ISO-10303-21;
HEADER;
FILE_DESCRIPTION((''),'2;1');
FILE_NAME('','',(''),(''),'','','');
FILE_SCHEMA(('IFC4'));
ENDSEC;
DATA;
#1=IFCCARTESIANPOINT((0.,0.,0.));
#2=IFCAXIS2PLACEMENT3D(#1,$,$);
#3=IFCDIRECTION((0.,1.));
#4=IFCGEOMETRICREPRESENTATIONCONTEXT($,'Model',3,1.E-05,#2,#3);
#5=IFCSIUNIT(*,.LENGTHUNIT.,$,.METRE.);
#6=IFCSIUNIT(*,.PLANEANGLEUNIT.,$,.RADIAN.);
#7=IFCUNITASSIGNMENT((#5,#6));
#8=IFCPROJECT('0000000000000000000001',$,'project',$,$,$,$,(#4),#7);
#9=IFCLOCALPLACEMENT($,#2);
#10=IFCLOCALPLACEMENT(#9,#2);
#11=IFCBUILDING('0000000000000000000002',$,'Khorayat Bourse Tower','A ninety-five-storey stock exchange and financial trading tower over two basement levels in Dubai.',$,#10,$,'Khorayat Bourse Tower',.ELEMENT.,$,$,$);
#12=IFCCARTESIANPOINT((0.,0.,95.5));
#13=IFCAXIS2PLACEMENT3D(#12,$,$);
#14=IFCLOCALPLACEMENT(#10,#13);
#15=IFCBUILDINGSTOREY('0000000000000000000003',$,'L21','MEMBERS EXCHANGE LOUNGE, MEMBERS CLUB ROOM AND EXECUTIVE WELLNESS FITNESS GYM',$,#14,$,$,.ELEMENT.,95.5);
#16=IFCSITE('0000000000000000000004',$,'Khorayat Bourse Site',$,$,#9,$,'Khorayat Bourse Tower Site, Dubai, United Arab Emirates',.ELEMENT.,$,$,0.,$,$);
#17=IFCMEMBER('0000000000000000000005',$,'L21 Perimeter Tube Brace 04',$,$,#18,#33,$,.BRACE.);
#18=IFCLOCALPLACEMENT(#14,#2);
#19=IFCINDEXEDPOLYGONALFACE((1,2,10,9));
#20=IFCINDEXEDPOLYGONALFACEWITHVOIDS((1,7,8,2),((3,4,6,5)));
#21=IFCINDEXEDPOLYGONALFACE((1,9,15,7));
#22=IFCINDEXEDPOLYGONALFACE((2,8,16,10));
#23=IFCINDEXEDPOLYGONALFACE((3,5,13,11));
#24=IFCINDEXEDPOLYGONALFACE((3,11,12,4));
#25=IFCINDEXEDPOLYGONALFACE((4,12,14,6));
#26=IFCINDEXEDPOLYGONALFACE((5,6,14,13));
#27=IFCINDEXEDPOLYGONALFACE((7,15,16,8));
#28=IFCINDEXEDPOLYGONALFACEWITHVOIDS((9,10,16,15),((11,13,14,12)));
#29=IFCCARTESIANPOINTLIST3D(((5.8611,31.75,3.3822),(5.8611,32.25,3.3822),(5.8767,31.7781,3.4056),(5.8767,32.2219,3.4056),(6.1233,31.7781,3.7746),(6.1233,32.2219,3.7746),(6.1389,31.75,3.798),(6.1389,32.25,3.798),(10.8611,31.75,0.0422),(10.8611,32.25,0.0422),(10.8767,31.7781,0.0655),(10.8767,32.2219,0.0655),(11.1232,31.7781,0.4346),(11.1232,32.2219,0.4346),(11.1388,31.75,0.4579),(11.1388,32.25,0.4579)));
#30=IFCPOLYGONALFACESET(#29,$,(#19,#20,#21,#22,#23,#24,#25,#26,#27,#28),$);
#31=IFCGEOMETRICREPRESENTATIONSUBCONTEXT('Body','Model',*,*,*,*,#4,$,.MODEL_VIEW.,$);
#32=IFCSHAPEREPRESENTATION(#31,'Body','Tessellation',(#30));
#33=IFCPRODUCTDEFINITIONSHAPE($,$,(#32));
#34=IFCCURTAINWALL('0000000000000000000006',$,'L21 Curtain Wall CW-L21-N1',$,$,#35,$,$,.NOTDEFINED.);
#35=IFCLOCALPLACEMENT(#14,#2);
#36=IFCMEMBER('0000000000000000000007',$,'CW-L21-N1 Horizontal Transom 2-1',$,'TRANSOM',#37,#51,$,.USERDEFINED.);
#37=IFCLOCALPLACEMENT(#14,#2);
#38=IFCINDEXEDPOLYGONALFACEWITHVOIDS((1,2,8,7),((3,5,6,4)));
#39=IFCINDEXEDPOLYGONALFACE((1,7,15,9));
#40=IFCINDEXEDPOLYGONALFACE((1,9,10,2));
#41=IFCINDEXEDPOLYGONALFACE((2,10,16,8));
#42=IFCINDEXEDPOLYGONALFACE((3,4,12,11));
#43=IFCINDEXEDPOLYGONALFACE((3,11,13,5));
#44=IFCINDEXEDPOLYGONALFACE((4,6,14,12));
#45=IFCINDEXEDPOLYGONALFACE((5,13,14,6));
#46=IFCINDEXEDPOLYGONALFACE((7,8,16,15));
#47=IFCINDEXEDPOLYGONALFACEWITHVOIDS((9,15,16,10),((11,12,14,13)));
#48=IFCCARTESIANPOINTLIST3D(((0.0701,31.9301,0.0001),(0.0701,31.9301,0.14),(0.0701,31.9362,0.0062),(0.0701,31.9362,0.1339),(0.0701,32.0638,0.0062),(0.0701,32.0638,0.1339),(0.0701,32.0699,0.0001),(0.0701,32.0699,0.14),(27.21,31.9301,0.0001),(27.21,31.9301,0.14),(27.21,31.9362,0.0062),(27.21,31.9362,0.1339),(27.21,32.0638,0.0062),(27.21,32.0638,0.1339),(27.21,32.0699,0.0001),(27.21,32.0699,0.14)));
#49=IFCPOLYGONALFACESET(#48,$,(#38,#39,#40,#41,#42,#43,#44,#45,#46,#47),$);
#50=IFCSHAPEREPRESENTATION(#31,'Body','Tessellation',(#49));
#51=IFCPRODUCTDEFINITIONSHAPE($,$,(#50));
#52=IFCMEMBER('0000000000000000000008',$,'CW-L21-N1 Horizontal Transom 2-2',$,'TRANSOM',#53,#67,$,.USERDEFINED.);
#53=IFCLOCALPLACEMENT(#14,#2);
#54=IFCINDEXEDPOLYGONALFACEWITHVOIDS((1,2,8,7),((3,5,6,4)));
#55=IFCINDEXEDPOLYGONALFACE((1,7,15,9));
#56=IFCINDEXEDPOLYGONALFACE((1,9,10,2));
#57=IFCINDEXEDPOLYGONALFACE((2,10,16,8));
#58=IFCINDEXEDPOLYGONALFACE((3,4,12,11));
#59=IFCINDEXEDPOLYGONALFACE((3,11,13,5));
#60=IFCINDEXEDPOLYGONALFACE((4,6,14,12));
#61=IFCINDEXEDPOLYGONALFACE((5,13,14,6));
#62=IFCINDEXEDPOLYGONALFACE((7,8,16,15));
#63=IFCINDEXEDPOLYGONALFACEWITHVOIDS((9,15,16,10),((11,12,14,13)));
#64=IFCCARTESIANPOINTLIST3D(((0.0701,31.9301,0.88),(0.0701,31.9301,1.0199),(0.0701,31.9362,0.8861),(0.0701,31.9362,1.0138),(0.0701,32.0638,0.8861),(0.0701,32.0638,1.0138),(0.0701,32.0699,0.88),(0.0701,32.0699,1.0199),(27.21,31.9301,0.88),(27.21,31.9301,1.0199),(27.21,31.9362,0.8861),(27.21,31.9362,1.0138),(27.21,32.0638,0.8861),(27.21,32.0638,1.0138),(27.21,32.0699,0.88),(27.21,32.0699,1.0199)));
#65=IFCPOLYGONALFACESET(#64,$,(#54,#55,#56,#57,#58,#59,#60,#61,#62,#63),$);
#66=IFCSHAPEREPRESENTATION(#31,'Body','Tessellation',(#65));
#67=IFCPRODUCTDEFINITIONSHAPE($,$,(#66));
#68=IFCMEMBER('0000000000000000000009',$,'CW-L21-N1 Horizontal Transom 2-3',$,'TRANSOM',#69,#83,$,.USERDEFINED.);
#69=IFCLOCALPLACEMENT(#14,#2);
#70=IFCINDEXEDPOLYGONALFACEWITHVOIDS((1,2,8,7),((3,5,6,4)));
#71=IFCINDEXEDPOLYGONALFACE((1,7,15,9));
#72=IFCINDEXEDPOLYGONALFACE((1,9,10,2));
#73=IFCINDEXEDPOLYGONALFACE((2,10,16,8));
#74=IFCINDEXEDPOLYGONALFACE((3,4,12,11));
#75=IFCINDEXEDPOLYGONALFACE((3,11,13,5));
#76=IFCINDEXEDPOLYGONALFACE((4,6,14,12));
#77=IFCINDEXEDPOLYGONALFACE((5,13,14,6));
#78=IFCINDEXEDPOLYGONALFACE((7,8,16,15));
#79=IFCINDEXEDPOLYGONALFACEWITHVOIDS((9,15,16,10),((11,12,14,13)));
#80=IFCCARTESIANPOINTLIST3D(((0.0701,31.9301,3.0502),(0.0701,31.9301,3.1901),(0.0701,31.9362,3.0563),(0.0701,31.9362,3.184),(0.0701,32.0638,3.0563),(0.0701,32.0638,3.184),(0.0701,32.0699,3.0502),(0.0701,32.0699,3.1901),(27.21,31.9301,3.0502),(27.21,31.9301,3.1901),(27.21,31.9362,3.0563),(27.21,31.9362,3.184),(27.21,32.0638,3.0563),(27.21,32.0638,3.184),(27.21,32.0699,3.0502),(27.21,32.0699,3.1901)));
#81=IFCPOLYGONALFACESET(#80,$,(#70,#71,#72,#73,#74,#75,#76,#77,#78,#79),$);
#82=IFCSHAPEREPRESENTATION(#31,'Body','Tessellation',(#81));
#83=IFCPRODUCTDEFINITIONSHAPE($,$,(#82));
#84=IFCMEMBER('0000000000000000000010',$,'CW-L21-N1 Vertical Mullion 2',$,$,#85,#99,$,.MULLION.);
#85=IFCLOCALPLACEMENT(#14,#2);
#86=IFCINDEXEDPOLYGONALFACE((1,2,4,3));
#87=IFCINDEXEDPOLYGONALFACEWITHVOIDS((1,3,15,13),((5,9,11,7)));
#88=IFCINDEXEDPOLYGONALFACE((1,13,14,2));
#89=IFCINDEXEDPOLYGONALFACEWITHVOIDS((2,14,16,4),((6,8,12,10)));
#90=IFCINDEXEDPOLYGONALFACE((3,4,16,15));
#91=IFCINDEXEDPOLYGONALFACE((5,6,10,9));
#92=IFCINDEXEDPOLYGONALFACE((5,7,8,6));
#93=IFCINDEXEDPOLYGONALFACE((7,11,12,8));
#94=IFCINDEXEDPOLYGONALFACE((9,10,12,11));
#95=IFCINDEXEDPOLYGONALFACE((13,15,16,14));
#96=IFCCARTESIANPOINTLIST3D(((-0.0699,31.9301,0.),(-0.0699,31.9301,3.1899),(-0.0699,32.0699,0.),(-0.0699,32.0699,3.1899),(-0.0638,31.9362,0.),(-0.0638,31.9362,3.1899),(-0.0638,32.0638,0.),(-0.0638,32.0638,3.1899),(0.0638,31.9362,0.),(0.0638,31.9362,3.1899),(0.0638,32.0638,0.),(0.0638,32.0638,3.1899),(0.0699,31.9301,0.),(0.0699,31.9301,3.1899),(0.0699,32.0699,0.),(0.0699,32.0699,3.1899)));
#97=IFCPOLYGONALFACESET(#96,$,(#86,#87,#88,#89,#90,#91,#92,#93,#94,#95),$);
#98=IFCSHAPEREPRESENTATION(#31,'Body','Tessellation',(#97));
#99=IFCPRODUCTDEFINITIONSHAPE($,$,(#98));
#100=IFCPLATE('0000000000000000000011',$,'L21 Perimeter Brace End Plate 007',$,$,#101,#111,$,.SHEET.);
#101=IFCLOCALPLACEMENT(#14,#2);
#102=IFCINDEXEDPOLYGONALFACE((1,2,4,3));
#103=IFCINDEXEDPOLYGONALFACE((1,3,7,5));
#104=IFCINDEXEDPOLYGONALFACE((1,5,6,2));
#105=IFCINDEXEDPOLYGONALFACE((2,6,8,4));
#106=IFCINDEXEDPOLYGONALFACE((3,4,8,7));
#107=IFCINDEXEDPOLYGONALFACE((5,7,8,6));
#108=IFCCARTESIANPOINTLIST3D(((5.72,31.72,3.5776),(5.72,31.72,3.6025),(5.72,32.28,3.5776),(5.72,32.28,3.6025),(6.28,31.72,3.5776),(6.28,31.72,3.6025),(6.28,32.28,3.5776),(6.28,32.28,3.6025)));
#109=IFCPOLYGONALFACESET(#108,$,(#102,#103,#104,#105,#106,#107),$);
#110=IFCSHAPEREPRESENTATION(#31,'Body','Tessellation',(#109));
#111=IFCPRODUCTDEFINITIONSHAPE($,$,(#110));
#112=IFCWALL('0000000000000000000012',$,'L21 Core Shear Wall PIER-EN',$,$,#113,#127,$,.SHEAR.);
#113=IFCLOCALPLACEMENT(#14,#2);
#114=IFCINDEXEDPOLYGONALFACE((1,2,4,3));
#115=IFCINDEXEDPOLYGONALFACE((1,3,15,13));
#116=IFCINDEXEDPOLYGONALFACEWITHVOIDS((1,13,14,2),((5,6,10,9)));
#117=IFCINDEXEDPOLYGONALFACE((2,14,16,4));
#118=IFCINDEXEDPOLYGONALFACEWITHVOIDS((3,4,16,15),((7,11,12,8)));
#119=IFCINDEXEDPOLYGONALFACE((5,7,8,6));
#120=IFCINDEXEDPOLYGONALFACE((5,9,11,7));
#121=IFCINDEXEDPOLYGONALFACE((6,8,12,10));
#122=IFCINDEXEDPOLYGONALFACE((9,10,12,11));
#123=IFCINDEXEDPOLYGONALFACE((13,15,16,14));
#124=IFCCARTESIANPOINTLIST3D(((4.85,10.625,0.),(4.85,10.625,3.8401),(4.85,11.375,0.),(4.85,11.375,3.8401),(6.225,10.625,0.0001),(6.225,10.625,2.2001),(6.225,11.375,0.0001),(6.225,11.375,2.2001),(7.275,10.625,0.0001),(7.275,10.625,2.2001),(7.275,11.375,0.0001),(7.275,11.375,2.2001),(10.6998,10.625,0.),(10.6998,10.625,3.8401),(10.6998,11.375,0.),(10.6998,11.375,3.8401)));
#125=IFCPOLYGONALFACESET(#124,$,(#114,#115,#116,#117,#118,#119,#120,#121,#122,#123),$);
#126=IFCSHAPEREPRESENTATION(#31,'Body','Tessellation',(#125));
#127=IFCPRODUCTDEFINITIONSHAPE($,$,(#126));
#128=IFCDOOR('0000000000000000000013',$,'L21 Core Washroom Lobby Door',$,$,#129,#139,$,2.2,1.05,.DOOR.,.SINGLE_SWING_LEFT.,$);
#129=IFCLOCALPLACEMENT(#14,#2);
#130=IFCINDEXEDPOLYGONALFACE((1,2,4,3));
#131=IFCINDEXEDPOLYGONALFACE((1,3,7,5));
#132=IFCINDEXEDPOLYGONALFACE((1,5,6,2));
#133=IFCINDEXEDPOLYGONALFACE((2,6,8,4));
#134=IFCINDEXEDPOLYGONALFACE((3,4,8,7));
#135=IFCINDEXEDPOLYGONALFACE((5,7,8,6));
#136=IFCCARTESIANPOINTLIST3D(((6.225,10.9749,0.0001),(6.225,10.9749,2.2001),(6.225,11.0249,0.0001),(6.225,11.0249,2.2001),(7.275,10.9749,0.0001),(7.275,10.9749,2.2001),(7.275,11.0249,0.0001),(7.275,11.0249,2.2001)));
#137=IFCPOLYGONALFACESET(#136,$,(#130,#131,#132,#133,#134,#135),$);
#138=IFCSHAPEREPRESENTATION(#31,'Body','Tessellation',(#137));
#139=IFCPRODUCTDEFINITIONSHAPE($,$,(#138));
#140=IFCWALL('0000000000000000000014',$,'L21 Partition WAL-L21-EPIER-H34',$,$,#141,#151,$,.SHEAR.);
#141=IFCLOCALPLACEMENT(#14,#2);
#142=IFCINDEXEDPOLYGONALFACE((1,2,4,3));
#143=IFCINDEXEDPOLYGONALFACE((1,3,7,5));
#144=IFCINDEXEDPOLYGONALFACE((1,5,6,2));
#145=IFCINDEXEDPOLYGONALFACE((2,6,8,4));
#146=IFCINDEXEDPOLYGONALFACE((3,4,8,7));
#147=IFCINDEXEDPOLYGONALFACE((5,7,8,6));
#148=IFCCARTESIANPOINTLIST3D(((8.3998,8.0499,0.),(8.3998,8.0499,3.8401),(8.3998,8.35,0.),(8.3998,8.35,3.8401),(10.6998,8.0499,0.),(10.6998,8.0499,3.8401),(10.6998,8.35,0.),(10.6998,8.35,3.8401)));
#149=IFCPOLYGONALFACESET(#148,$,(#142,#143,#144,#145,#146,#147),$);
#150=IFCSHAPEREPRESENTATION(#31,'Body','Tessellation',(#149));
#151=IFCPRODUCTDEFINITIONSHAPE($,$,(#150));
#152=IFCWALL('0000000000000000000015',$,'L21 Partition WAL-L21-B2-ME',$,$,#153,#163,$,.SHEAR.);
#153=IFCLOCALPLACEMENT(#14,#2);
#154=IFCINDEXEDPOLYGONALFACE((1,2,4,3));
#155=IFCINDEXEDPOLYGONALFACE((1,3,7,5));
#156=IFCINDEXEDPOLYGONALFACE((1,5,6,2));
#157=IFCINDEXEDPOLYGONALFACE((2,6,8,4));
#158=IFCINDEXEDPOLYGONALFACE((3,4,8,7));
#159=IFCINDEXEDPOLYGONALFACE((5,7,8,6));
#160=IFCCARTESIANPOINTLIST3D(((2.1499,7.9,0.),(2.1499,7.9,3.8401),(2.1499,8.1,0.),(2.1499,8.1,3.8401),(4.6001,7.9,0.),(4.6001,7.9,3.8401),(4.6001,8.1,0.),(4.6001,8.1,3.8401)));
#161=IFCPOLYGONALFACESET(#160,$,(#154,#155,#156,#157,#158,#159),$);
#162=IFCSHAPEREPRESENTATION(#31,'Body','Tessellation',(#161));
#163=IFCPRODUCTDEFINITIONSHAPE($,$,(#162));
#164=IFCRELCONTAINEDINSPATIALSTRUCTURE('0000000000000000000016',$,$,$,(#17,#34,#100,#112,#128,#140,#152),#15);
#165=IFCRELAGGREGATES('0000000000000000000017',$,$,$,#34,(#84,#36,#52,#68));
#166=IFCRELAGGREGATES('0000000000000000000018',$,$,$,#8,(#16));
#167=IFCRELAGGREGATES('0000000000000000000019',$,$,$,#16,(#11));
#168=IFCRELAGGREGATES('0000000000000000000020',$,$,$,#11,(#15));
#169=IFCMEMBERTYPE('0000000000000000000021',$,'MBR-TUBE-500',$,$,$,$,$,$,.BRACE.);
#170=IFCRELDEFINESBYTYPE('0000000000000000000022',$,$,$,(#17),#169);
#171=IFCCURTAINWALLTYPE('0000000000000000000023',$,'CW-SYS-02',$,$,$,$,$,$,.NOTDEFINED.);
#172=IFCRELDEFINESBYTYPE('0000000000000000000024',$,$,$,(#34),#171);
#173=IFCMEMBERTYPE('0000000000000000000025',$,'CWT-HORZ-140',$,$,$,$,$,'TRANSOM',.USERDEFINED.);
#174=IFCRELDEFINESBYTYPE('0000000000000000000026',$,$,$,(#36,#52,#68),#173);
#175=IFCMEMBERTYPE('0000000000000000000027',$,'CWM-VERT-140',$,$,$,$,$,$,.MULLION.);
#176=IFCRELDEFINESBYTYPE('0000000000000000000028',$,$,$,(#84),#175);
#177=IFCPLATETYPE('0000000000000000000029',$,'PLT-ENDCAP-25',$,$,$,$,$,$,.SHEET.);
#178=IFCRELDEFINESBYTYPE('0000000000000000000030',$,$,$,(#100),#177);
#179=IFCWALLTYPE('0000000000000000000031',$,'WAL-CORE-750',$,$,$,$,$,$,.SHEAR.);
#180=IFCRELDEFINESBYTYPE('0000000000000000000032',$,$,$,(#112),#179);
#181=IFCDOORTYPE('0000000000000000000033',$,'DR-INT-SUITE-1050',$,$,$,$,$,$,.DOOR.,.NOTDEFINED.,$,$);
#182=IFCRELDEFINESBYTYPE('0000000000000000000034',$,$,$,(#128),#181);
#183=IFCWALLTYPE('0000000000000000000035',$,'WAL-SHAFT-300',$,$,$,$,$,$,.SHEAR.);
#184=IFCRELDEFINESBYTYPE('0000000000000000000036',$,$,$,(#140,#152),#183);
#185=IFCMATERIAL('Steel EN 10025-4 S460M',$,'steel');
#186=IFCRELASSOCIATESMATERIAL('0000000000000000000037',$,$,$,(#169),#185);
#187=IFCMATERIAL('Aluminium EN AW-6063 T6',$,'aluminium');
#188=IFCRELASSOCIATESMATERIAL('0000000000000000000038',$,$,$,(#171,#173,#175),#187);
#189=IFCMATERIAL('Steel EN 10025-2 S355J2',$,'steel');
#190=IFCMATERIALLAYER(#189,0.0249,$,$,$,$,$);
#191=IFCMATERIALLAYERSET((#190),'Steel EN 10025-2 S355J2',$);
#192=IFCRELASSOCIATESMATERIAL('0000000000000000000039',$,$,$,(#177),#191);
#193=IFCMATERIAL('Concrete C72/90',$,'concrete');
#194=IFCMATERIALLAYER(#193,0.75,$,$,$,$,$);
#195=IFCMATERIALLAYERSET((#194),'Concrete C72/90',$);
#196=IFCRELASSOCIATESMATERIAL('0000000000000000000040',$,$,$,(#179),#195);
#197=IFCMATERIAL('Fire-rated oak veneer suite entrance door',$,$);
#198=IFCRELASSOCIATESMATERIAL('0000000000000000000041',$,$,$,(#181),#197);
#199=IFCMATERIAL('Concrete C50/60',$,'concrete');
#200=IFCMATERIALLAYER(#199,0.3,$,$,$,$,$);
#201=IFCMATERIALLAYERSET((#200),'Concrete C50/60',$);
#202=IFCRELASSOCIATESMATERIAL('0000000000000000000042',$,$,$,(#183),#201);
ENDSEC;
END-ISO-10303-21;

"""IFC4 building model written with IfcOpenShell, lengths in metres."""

from ifc_helpers import new_model, si_unit, direction, frame, frame_2d, origin, origin_2d, place, context, subcontext, project, spatial, rectangle, hollow_rectangle, extrude, source, transform, mapped, material, layer, layer_set, material_profile, profile_set, type_object, element, fill, aggregate, save


model = new_model("IFC4")

# Units and contexts
model_context = context("Model", 3, precision=1e-05, world=origin(), true_north=direction((0.0, 1.0)))
body_context = subcontext(model_context, "Body", "Model", "MODEL_VIEW")
ifc_project = project(units=[si_unit("LENGTHUNIT", "METRE"), si_unit("PLANEANGLEUNIT", "RADIAN")], contexts=[model_context])

# Site, building, storey
site_placement = place(None, origin())
site = spatial("IfcSite", under=ifc_project, at=site_placement, Name="Khorayat Bourse Site", LongName="Khorayat Bourse Tower Site, Dubai, United Arab Emirates", CompositionType="ELEMENT", RefElevation=0.0)
building_placement = place(site_placement, origin())
building = spatial("IfcBuilding", under=site, at=building_placement, Name="Khorayat Bourse Tower", Description="A ninety-five-storey stock exchange and financial trading tower over two basement levels in Dubai.", LongName="Khorayat Bourse Tower", CompositionType="ELEMENT")
storey_placement = place(building_placement, frame((0.0, 0.0, 95.5)))
storey = spatial("IfcBuildingStorey", under=building, at=storey_placement, Name="L21", Description="MEMBERS EXCHANGE LOUNGE, MEMBERS CLUB ROOM AND EXECUTIVE WELLNESS FITNESS GYM", CompositionType="ELEMENT", Elevation=95.5)

# Shared definitions
ifc_material_1 = material(Name="Steel EN 10025-4 S460M", Category="steel")
ifc_material_2 = material(Name="Concrete C72/90", Category="concrete")

# Member
ifc_material_profile_1 = material_profile(ifc_material_1, hollow_rectangle(XDim=0.5, YDim=0.5, WallThickness=0.0281, at=origin_2d()), Name="HSS 500x500x28")
ifc_profile_set_1 = profile_set([ifc_material_profile_1], Name="Steel EN 10025-4 S460M")
member_type_1 = type_object("IfcMemberType", Name="MBR-TUBE-500", PredefinedType="BRACE", material=ifc_profile_set_1)
shared_shape_1 = source(origin(), body_context, "Body", "SweptSolid", [
    extrude(hollow_rectangle(XDim=0.5, YDim=0.5, WallThickness=0.0281, at=origin_2d()), origin(), (0.0, 0.0, 1.0), 6.0129),
])
member_1_placement = place(storey_placement, frame((6.0, 32.0, 3.5901), z_axis=(0.831531, 0.0, -0.555478), x_axis=(0.0, 1.0, 0.0)))
element("IfcMember", 1, at=member_1_placement, inside=storey, type_object=member_type_1, Name="L21 Perimeter Tube Brace 04", PredefinedType="BRACE", context=body_context, shape_type="MappedRepresentation", body=[
    mapped(shared_shape_1, transform((0.0, 0.0, 0.0), scale=1.0)),
])

# Curtain wall, members
ifc_material_3 = material(Name="Aluminium EN AW-6063 T6", Category="aluminium")
curtain_wall_type = type_object("IfcCurtainWallType", Name="CW-SYS-02", PredefinedType="NOTDEFINED", material=ifc_material_3)
curtain_wall_placement = place(storey_placement, origin())
curtain_wall = element("IfcCurtainWall", 2, at=curtain_wall_placement, inside=storey, type_object=curtain_wall_type, Name="L21 Curtain Wall CW-L21-N1", PredefinedType="NOTDEFINED")
ifc_material_profile_2 = material_profile(ifc_material_3, hollow_rectangle(XDim=0.1399, YDim=0.1399, WallThickness=0.0061, at=origin_2d()), Name="ALU 140x140x6")
ifc_profile_set_2 = profile_set([ifc_material_profile_2], Name="Aluminium EN AW-6063 T6")
member_type_2 = type_object("IfcMemberType", Name="CWT-HORZ-140", ElementType="TRANSOM", PredefinedType="USERDEFINED", material=ifc_profile_set_2)
shared_shape_2 = source(origin(), body_context, "Body", "SweptSolid", [
    extrude(hollow_rectangle(XDim=0.1399, YDim=0.1399, WallThickness=0.0061, at=origin_2d()), origin(), (0.0, 0.0, 1.0), 27.1399),
])
member_2_placement = place(storey_placement, frame((0.0701, 32.0, 0.0701), z_axis=(1.0, 0.0, 0.0), x_axis=(0.0, 1.0, 0.0)))
member_2 = element("IfcMember", 3, at=member_2_placement, type_object=member_type_2, Name="CW-L21-N1 Horizontal Transom 2-1", ObjectType="TRANSOM", PredefinedType="USERDEFINED", context=body_context, shape_type="MappedRepresentation", body=[
    mapped(shared_shape_2, transform((0.0, 0.0, 0.0), scale=1.0)),
])
member_3_placement = place(storey_placement, frame((0.0701, 32.0, 0.95), z_axis=(1.0, 0.0, 0.0), x_axis=(0.0, 1.0, 0.0)))
member_3 = element("IfcMember", 4, at=member_3_placement, type_object=member_type_2, Name="CW-L21-N1 Horizontal Transom 2-2", ObjectType="TRANSOM", PredefinedType="USERDEFINED", context=body_context, shape_type="MappedRepresentation", body=[
    mapped(shared_shape_2, transform((0.0, 0.0, 0.0), scale=1.0)),
])
member_4_placement = place(storey_placement, frame((0.0701, 32.0, 3.1201), z_axis=(1.0, 0.0, 0.0), x_axis=(0.0, 1.0, 0.0)))
member_4 = element("IfcMember", 5, at=member_4_placement, type_object=member_type_2, Name="CW-L21-N1 Horizontal Transom 2-3", ObjectType="TRANSOM", PredefinedType="USERDEFINED", context=body_context, shape_type="MappedRepresentation", body=[
    mapped(shared_shape_2, transform((0.0, 0.0, 0.0), scale=1.0)),
])
ifc_material_profile_3 = material_profile(ifc_material_3, hollow_rectangle(XDim=0.1399, YDim=0.1399, WallThickness=0.0061, at=origin_2d()), Name="ALU 140x140x6")
ifc_profile_set_3 = profile_set([ifc_material_profile_3], Name="Aluminium EN AW-6063 T6")
member_type_3 = type_object("IfcMemberType", Name="CWM-VERT-140", PredefinedType="MULLION", material=ifc_profile_set_3)
shared_shape_3 = source(origin(), body_context, "Body", "SweptSolid", [
    extrude(hollow_rectangle(XDim=0.1399, YDim=0.1399, WallThickness=0.0061, at=origin_2d()), origin(), (0.0, 0.0, 1.0), 3.1899),
])
member_5_placement = place(storey_placement, frame((0.0, 32.0, 0.0), z_axis=(0.0, 0.0, 1.0), x_axis=(0.0, 1.0, 0.0)))
member_5 = element("IfcMember", 6, at=member_5_placement, type_object=member_type_3, Name="CW-L21-N1 Vertical Mullion 2", PredefinedType="MULLION", context=body_context, shape_type="MappedRepresentation", body=[
    mapped(shared_shape_3, transform((0.0, 0.0, 0.0), scale=1.0)),
])
aggregate(curtain_wall, [member_5, member_2, member_3, member_4])

# Plate
ifc_material_4 = material(Name="Steel EN 10025-2 S355J2", Category="steel")
ifc_layer_1 = layer(ifc_material_4, 0.0249)
ifc_layer_set_1 = layer_set([ifc_layer_1], Name="Steel EN 10025-2 S355J2")
plate_type = type_object("IfcPlateType", Name="PLT-ENDCAP-25", PredefinedType="SHEET", material=ifc_layer_set_1)
shared_shape_4 = source(origin(), body_context, "Body", "SweptSolid", [
    extrude(rectangle(XDim=0.5601, YDim=0.5601, at=origin_2d()), origin(), (0.0, 0.0, 1.0), 0.0249),
])
plate_placement = place(storey_placement, frame((6.0, 32.0, 3.5776), z_axis=(0.0, 0.0, 1.0), x_axis=(1.0, 0.0, 0.0)))
element("IfcPlate", 7, at=plate_placement, inside=storey, type_object=plate_type, Name="L21 Perimeter Brace End Plate 007", PredefinedType="SHEET", context=body_context, shape_type="MappedRepresentation", body=[
    mapped(shared_shape_4, transform((0.0, 0.0, 0.0), scale=1.0)),
])

# Wall, opening, door
ifc_layer_2 = layer(ifc_material_2, 0.75)
ifc_layer_set_2 = layer_set([ifc_layer_2], Name="Concrete C72/90")
wall_type_1 = type_object("IfcWallType", Name="WAL-CORE-750", PredefinedType="SHEAR", material=ifc_layer_set_2)
shared_shape_5 = source(origin(), body_context, "Body", "SweptSolid", [
    extrude(rectangle(XDim=5.8499, YDim=0.75, at=frame_2d((2.9248, 0.0))), origin(), (0.0, 0.0, 1.0), 3.8401),
])
wall_1_placement = place(storey_placement, frame((4.8501, 11.0, 0.0), z_axis=(0.0, 0.0, 1.0), x_axis=(1.0, 0.0, 0.0)))
wall_1 = element("IfcWall", 8, at=wall_1_placement, inside=storey, type_object=wall_type_1, Name="L21 Core Shear Wall PIER-EN", PredefinedType="SHEAR", context=body_context, shape_type="MappedRepresentation", body=[
    mapped(shared_shape_5, transform((0.0, 0.0, 0.0), scale=1.0)),
])
shared_shape_6 = source(origin(), body_context, "Body", "SweptSolid", [
    extrude(rectangle(XDim=1.05, YDim=2.2, at=frame_2d((0.5249, 1.1001))), frame((0.0, 0.385, 0.0), z_axis=(0.0, -1.0, 0.0), x_axis=(1.0, 0.0, 0.0)), (0.0, 0.0, 1.0), 0.77),
])
opening_1_placement = place(wall_1_placement, frame((1.375, 0.0, 0.0)))
opening_1 = element("IfcOpeningElement", 9, at=opening_1_placement, cuts=wall_1, PredefinedType="OPENING", context=body_context, shape_type="MappedRepresentation", body=[
    mapped(shared_shape_6, transform((0.0, 0.0, 0.0), scale=1.0)),
])
ifc_material_5 = material(Name="Fire-rated oak veneer suite entrance door")
door_type_1 = type_object("IfcDoorType", Name="DR-INT-SUITE-1050", OperationType="NOTDEFINED", PredefinedType="DOOR", material=ifc_material_5)
shared_shape_7 = source(origin(), body_context, "Body", "SweptSolid", [
    extrude(rectangle(XDim=1.05, YDim=2.2, at=frame_2d((0.5249, 1.1001))), frame((0.0, 0.0249, 0.0), z_axis=(0.0, -1.0, 0.0), x_axis=(1.0, 0.0, 0.0)), (0.0, 0.0, 1.0), 0.05),
])
door_1_placement = place(opening_1_placement, origin())
door_1 = element("IfcDoor", 10, at=door_1_placement, inside=storey, type_object=door_type_1, Name="L21 Core Washroom Lobby Door", OperationType="SINGLE_SWING_LEFT", OverallHeight=2.2, OverallWidth=1.05, PredefinedType="DOOR", context=body_context, shape_type="MappedRepresentation", body=[
    mapped(shared_shape_7, transform((0.0, 0.0, 0.0), scale=1.0)),
])
fill(opening_1, door_1)

# Wall
ifc_material_6 = material(Name="Concrete C50/60", Category="concrete")
ifc_layer_3 = layer(ifc_material_6, 0.3)
ifc_layer_set_3 = layer_set([ifc_layer_3], Name="Concrete C50/60")
wall_type_2 = type_object("IfcWallType", Name="WAL-SHAFT-300", PredefinedType="SHEAR", material=ifc_layer_set_3)
shared_shape_8 = source(origin(), body_context, "Body", "SweptSolid", [
    extrude(rectangle(XDim=2.3, YDim=0.3, at=frame_2d((1.1499, 0.0))), origin(), (0.0, 0.0, 1.0), 3.8401),
])
wall_2_placement = place(storey_placement, frame((8.3999, 8.2, 0.0), z_axis=(0.0, 0.0, 1.0), x_axis=(1.0, 0.0, 0.0)))
element("IfcWall", 11, at=wall_2_placement, inside=storey, type_object=wall_type_2, Name="L21 Partition WAL-L21-EPIER-H34", PredefinedType="SHEAR", context=body_context, shape_type="MappedRepresentation", body=[
    mapped(shared_shape_8, transform((0.0, 0.0, 0.0), scale=1.0)),
])

# Wall
shared_shape_9 = source(origin(), body_context, "Body", "SweptSolid", [
    extrude(rectangle(XDim=2.4502, YDim=0.2, at=frame_2d((1.2251, 0.0))), origin(), (0.0, 0.0, 1.0), 3.8401),
])
wall_3_placement = place(storey_placement, frame((2.1499, 8.0, 0.0), z_axis=(0.0, 0.0, 1.0), x_axis=(1.0, 0.0, 0.0)))
element("IfcWall", 12, at=wall_3_placement, inside=storey, type_object=wall_type_2, Name="L21 Partition WAL-L21-B2-ME", PredefinedType="SHEAR", context=body_context, shape_type="MappedRepresentation", body=[
    mapped(shared_shape_9, transform((0.0, 0.0, 0.0), scale=1.0)),
])

save(model, "model.ifc")
